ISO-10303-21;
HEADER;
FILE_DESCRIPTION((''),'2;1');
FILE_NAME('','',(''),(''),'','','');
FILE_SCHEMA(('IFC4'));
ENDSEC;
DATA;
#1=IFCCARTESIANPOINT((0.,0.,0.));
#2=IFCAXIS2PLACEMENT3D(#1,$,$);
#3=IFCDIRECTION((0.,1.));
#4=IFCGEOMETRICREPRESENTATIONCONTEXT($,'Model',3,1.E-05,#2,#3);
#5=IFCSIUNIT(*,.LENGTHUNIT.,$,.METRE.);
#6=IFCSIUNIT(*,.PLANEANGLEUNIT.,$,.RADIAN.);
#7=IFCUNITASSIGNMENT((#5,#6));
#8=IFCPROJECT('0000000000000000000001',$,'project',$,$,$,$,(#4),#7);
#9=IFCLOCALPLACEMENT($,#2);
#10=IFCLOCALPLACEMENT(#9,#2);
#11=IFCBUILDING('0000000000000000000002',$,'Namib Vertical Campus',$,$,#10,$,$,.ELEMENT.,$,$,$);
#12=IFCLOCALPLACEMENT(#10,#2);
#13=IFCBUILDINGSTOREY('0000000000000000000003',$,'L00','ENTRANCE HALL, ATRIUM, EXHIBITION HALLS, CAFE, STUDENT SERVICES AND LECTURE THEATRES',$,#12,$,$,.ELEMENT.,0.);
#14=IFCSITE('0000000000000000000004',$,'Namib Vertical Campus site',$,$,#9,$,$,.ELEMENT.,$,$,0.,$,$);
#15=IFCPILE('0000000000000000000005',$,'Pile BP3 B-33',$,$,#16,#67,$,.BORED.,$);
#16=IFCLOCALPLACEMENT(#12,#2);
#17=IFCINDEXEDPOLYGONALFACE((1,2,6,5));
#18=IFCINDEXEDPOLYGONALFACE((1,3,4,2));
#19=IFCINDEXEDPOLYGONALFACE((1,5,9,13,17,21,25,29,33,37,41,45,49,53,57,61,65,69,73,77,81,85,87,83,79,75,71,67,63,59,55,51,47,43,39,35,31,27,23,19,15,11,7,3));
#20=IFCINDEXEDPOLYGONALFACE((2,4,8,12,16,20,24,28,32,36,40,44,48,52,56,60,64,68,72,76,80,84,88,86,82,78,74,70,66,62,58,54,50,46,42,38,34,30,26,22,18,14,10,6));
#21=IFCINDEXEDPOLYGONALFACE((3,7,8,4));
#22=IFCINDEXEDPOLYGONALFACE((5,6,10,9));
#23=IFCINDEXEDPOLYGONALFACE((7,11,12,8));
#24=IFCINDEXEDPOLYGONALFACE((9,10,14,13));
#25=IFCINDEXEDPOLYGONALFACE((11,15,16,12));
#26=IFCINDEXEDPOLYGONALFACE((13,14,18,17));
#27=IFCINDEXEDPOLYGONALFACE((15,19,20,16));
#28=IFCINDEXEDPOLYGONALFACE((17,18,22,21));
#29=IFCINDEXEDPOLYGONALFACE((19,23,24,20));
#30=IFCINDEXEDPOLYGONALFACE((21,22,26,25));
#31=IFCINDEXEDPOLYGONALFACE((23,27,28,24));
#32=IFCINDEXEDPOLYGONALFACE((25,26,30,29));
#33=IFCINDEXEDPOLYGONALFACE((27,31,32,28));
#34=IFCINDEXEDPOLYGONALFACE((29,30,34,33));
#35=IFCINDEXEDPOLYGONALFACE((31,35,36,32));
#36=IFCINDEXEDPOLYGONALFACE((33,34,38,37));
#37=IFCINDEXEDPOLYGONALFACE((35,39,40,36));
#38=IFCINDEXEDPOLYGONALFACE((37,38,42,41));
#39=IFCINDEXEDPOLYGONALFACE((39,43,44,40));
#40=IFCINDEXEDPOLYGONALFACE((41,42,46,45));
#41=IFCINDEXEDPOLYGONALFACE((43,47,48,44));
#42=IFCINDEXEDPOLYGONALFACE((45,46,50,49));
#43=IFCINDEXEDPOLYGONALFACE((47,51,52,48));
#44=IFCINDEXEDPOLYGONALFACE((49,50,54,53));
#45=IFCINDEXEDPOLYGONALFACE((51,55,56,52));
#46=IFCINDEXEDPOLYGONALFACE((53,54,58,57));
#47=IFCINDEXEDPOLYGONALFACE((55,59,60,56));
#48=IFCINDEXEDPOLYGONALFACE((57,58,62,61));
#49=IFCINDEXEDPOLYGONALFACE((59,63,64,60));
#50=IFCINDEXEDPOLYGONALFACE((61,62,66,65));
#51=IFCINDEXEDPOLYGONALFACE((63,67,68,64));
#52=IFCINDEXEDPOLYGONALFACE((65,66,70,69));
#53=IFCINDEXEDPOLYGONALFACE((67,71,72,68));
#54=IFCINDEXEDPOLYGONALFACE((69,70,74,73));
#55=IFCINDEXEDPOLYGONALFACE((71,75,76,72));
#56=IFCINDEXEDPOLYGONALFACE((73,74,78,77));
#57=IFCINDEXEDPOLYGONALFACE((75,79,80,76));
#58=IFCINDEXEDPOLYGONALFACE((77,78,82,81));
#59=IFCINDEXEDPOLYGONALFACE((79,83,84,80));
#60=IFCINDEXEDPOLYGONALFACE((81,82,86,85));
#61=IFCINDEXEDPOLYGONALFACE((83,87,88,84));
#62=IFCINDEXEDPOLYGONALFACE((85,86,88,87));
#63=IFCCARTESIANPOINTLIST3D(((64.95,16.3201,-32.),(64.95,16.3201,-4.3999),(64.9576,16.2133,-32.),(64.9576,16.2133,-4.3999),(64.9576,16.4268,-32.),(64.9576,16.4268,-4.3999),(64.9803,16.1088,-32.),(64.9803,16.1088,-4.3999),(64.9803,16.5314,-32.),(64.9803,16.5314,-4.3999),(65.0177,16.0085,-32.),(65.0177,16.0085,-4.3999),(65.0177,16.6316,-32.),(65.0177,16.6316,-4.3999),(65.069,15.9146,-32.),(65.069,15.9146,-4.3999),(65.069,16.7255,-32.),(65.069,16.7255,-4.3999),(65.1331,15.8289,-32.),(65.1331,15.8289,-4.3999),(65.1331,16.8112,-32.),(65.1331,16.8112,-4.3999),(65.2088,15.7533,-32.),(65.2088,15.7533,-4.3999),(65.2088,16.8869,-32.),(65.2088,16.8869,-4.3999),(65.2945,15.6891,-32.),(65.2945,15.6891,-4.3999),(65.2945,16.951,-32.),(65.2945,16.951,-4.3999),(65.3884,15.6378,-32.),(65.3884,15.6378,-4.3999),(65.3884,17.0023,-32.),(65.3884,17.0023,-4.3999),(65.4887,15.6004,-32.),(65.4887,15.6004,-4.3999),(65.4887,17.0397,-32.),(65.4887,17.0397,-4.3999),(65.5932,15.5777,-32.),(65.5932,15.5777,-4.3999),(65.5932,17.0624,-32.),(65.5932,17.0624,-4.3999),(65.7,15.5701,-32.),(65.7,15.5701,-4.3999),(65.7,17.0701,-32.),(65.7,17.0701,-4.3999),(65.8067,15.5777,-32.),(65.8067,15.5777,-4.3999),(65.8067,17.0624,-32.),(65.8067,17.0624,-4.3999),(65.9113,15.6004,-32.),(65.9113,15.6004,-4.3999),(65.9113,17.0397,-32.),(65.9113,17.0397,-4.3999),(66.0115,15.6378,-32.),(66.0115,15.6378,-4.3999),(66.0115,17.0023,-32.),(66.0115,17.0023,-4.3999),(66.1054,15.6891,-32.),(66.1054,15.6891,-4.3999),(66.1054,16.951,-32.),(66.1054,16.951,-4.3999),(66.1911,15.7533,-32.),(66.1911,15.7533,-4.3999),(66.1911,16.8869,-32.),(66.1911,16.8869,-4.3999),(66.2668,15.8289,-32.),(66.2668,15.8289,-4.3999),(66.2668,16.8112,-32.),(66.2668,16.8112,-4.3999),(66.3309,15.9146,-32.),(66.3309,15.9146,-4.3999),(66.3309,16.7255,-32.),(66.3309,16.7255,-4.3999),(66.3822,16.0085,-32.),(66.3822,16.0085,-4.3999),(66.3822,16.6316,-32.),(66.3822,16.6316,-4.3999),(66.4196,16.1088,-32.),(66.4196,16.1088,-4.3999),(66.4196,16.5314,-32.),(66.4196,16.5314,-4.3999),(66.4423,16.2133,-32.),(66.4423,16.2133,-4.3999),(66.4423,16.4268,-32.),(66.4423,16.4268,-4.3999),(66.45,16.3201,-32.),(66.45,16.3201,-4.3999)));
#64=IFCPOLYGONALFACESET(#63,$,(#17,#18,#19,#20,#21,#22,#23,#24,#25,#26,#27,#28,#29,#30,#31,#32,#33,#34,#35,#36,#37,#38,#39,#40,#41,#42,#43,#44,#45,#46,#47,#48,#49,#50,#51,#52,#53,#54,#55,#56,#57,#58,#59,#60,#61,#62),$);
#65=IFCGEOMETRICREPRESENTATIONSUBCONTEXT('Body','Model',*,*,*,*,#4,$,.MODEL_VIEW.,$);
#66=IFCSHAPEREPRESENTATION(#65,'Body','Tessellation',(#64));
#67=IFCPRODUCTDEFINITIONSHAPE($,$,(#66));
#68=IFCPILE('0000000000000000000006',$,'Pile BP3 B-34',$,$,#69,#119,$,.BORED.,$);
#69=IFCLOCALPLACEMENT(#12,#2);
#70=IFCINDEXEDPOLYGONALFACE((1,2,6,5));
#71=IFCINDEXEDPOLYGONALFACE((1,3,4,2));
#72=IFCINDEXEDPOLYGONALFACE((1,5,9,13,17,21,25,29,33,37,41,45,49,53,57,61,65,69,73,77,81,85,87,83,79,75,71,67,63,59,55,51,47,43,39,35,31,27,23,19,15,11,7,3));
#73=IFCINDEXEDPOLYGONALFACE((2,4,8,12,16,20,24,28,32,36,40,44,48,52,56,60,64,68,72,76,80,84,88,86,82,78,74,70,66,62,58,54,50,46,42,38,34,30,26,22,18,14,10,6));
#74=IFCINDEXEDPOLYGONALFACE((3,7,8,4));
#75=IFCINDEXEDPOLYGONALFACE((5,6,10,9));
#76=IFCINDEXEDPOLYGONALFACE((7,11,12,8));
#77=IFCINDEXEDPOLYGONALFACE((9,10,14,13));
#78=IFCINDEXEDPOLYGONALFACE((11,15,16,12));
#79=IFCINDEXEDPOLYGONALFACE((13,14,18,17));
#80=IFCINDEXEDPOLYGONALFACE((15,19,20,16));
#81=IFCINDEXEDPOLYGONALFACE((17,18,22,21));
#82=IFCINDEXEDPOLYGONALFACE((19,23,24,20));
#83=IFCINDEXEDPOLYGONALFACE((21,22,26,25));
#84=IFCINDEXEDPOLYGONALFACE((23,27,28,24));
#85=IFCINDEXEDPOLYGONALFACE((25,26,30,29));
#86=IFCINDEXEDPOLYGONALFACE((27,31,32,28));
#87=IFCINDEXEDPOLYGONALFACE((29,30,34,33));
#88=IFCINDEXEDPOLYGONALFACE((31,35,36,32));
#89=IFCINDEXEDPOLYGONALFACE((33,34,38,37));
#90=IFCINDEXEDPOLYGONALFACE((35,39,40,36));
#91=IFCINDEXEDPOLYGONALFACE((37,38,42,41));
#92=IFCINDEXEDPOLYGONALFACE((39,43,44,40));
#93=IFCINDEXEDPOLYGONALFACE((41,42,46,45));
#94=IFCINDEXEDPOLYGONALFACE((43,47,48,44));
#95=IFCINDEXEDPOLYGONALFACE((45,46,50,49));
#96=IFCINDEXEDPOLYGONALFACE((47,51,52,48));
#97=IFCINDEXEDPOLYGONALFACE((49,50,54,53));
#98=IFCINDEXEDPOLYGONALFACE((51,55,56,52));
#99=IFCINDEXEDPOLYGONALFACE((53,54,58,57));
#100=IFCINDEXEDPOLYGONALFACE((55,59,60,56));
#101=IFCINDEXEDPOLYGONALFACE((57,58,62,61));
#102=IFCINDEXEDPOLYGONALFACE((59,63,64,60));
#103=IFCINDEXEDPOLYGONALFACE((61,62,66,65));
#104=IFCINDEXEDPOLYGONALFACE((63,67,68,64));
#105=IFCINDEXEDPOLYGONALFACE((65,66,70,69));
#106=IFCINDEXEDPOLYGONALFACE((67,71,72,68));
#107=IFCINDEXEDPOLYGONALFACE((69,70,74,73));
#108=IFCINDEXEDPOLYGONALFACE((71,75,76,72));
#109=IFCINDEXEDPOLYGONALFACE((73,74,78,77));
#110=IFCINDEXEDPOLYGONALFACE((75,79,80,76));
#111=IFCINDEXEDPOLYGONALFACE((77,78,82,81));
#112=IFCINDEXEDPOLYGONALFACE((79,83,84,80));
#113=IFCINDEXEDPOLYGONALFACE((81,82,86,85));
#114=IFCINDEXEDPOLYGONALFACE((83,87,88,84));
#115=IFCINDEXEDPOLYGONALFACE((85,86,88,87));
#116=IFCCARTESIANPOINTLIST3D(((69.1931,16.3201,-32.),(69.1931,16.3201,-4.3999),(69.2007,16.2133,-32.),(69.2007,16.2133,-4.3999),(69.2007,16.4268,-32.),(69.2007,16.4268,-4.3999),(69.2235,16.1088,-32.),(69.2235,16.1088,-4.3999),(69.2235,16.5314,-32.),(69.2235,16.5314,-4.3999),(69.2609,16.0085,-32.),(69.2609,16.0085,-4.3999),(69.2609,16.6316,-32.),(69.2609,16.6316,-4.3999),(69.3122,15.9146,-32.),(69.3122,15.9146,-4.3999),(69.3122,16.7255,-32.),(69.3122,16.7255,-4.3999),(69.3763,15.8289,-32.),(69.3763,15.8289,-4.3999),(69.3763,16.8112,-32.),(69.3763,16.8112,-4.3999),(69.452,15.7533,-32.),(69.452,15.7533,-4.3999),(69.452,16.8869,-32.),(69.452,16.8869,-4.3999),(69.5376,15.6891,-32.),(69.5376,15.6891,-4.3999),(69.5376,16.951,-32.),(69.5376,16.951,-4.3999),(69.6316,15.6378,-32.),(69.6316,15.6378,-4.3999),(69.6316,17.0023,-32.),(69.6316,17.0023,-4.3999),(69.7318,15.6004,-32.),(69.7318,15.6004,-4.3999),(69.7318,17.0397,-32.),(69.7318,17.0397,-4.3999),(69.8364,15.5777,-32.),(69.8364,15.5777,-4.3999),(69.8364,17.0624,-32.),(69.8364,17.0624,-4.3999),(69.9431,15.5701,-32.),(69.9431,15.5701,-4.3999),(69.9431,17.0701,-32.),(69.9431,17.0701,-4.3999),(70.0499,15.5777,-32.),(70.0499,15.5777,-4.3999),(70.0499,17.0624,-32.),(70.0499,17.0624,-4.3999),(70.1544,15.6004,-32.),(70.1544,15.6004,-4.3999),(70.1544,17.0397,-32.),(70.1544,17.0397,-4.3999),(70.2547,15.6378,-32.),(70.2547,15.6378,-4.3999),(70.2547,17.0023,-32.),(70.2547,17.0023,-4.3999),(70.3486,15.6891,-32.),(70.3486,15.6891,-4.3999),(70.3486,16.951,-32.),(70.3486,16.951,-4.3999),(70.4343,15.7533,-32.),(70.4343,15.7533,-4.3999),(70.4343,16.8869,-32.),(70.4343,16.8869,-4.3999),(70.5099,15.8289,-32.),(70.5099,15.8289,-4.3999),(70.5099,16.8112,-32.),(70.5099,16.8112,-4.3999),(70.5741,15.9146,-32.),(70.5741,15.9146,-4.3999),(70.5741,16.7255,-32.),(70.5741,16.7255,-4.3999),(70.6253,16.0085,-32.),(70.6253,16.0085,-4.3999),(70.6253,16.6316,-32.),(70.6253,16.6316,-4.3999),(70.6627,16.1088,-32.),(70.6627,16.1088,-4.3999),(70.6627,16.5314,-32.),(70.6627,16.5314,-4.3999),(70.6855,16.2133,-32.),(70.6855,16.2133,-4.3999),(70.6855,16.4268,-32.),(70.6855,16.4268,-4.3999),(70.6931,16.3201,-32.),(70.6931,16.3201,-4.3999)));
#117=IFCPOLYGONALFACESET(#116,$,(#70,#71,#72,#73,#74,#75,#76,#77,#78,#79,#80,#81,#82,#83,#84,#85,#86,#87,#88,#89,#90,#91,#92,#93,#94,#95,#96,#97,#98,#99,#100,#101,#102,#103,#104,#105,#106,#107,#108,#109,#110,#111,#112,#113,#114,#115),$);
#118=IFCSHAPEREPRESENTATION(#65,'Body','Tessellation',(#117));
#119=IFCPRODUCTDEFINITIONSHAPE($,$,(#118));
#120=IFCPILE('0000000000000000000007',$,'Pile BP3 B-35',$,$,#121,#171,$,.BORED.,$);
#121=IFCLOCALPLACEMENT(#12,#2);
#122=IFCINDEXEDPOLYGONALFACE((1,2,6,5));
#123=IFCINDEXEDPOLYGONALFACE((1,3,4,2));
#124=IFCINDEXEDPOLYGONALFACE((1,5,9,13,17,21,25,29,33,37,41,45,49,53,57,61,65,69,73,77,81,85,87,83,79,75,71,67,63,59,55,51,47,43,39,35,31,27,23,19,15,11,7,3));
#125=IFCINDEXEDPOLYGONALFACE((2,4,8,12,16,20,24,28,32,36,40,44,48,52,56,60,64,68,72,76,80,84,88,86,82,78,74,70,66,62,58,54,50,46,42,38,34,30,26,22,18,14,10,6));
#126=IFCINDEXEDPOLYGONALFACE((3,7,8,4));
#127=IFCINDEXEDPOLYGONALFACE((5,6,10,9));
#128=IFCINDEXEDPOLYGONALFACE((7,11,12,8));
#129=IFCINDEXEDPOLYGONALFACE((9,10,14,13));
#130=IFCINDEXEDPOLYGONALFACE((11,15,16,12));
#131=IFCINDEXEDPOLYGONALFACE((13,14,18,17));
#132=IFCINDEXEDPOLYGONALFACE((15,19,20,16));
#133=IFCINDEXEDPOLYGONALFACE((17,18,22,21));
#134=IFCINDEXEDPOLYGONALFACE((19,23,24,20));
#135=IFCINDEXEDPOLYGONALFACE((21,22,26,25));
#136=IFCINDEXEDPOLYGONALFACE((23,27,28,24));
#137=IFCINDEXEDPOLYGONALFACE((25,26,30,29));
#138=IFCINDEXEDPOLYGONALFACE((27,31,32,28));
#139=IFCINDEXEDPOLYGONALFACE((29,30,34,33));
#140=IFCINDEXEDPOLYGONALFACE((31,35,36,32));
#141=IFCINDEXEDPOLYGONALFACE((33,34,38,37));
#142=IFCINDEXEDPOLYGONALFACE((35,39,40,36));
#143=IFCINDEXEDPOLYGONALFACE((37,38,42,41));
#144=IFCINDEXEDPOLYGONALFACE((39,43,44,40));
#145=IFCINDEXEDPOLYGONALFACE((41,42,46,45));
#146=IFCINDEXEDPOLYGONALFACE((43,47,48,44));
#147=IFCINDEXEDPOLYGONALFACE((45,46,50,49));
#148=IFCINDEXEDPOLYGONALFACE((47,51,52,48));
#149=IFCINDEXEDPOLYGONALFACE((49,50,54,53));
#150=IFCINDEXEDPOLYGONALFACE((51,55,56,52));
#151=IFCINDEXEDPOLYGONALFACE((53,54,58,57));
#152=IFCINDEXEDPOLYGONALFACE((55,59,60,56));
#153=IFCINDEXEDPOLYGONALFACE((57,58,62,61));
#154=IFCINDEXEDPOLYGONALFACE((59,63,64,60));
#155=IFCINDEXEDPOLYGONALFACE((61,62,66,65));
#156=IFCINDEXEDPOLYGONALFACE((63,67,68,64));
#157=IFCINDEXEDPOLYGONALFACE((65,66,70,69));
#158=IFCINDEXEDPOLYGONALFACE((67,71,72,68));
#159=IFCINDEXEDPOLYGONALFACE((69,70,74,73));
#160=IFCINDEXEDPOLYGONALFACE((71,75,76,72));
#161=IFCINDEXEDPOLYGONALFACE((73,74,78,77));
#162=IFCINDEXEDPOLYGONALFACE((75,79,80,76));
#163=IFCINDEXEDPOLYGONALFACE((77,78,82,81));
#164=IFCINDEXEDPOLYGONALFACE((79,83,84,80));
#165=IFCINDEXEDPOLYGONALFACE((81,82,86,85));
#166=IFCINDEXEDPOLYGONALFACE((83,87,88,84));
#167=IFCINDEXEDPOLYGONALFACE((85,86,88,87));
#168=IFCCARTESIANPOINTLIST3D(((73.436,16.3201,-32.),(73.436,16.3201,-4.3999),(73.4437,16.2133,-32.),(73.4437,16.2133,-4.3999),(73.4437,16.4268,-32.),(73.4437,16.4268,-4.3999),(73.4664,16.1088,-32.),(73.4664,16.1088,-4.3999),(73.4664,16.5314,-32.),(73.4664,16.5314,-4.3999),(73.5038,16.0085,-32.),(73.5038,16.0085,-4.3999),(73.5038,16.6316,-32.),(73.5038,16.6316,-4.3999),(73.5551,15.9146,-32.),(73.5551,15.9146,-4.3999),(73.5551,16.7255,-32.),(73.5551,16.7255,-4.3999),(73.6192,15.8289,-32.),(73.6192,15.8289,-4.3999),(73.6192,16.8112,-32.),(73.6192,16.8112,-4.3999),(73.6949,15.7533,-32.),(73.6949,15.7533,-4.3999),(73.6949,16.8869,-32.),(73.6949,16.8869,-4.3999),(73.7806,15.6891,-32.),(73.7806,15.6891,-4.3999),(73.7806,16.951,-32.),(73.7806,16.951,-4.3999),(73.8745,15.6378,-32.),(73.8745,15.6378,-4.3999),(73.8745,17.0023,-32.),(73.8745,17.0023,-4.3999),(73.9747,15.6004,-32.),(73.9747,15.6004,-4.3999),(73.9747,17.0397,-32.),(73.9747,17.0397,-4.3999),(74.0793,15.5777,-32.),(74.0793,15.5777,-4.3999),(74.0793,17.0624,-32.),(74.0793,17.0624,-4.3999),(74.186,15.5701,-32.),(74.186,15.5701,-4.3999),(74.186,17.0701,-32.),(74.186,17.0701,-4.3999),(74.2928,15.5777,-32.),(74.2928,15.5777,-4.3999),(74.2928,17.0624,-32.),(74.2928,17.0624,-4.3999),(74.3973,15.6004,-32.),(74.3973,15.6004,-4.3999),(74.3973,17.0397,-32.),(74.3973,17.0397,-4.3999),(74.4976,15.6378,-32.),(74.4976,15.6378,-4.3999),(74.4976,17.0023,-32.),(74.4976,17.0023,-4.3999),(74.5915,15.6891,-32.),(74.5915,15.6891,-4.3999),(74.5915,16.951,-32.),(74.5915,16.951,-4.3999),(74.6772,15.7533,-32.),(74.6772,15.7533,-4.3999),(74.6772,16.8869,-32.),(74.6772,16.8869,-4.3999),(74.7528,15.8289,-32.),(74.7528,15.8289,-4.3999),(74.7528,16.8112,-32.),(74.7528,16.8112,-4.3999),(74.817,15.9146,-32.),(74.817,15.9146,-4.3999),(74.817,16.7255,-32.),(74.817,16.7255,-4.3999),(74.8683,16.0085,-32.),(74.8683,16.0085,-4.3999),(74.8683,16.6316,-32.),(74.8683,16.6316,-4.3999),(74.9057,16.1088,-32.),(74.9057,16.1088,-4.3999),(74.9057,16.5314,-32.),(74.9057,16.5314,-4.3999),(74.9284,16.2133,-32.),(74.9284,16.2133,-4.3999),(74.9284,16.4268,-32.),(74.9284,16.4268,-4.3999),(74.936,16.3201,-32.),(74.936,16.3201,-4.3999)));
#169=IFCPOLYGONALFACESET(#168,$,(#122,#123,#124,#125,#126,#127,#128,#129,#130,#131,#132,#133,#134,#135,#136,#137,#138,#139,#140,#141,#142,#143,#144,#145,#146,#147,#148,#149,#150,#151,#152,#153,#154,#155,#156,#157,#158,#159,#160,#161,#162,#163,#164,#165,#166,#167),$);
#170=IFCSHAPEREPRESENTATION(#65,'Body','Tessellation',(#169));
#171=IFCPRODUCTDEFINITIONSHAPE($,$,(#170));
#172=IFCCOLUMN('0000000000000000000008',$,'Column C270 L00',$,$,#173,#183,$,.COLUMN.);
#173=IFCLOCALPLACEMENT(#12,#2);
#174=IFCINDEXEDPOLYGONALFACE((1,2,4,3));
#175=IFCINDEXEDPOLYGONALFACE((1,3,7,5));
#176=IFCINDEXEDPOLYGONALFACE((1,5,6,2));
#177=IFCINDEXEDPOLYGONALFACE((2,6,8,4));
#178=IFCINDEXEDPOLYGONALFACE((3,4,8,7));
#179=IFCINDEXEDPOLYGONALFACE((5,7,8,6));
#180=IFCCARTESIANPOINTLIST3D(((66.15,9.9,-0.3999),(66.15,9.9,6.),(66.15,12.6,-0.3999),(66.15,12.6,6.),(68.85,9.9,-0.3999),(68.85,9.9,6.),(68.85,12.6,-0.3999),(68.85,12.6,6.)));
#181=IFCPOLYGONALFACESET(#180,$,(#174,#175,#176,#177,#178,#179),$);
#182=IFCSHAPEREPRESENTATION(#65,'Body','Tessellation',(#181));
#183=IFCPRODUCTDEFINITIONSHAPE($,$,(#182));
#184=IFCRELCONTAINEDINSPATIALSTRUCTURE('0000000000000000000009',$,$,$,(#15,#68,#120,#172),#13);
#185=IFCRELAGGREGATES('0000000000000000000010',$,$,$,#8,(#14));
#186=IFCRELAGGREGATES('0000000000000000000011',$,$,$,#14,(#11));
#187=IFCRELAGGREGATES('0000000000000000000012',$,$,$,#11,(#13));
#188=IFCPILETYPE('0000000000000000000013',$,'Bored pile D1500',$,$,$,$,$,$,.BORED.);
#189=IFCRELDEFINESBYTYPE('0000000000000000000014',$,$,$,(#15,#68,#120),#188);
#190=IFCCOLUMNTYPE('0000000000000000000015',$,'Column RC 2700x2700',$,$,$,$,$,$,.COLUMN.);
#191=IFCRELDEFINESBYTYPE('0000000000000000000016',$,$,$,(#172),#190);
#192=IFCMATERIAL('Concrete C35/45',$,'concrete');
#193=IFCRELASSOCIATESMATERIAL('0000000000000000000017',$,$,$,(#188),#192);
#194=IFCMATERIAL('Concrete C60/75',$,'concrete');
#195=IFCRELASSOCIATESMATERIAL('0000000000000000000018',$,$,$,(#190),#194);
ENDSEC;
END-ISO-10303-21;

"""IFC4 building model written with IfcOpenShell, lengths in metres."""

from ifc_helpers import new_model, si_unit, direction, frame, origin, origin_2d, place, context, subcontext, project, spatial, rectangle, circle, extrude, material, material_profile, profile_set, type_object, element, save


model = new_model("IFC4")

# Units and contexts
model_context = context("Model", 3, precision=1e-05, world=origin(), true_north=direction((0.0, 1.0)))
body_context = subcontext(model_context, "Body", "Model", "MODEL_VIEW")
ifc_project = project(units=[si_unit("LENGTHUNIT", "METRE"), si_unit("PLANEANGLEUNIT", "RADIAN")], contexts=[model_context])

# Site, building, storey
site_placement = place(None, origin())
site = spatial("IfcSite", under=ifc_project, at=site_placement, Name="Namib Vertical Campus site", CompositionType="ELEMENT", RefElevation=0.0)
building_placement = place(site_placement, origin())
building = spatial("IfcBuilding", under=site, at=building_placement, Name="Namib Vertical Campus", CompositionType="ELEMENT")
storey_placement = place(building_placement, origin())
storey = spatial("IfcBuildingStorey", under=building, at=storey_placement, Name="L00", Description="ENTRANCE HALL, ATRIUM, EXHIBITION HALLS, CAFE, STUDENT SERVICES AND LECTURE THEATRES", CompositionType="ELEMENT", Elevation=0.0)

# Piles
ifc_material_1 = material(Name="Concrete C35/45", Category="concrete")
ifc_material_profile_1 = material_profile(ifc_material_1, circle(Radius=0.75, at=origin_2d()))
ifc_profile_set_1 = profile_set([ifc_material_profile_1], Name="Concrete C35/45")
pile_type = type_object("IfcPileType", Name="Bored pile D1500", PredefinedType="BORED", material=ifc_profile_set_1)
for number, where, z_axis, x_axis, name in (
    (1, (65.7, 16.3201, -4.3999), (0.0, 0.0, -1.0), (1.0, 0.0, 0.0), "Pile BP3 B-33"),
    (2, (69.9431, 16.3201, -4.3999), (0.0, 0.0, -1.0), (1.0, 0.0, 0.0), "Pile BP3 B-34"),
    (3, (74.186, 16.3201, -4.3999), (0.0, 0.0, -1.0), (1.0, 0.0, 0.0), "Pile BP3 B-35"),
):
    element("IfcPile", number, at=place(storey_placement, frame(where, z_axis=z_axis, x_axis=x_axis)), inside=storey, type_object=pile_type, Name=name, PredefinedType="BORED", context=body_context, shape_type="SweptSolid", body=[
        extrude(circle(Radius=0.75, at=origin_2d()), origin(), (0.0, 0.0, 1.0), 27.6001),
    ])

# Column
ifc_material_2 = material(Name="Concrete C60/75", Category="concrete")
ifc_material_profile_2 = material_profile(ifc_material_2, rectangle(XDim=2.7, YDim=2.7, at=origin_2d()))
ifc_profile_set_2 = profile_set([ifc_material_profile_2], Name="Concrete C60/75")
column_type = type_object("IfcColumnType", Name="Column RC 2700x2700", PredefinedType="COLUMN", material=ifc_profile_set_2)
column_placement = place(storey_placement, frame((67.5, 11.25, -0.3999), z_axis=(0.0, 0.0, 1.0), x_axis=(1.0, 0.0, 0.0)))
element("IfcColumn", 4, at=column_placement, inside=storey, type_object=column_type, Name="Column C270 L00", PredefinedType="COLUMN", context=body_context, shape_type="SweptSolid", body=[
    extrude(rectangle(XDim=2.7, YDim=2.7, at=origin_2d()), origin(), (0.0, 0.0, 1.0), 6.3999),
])

save(model, "model.ifc")
